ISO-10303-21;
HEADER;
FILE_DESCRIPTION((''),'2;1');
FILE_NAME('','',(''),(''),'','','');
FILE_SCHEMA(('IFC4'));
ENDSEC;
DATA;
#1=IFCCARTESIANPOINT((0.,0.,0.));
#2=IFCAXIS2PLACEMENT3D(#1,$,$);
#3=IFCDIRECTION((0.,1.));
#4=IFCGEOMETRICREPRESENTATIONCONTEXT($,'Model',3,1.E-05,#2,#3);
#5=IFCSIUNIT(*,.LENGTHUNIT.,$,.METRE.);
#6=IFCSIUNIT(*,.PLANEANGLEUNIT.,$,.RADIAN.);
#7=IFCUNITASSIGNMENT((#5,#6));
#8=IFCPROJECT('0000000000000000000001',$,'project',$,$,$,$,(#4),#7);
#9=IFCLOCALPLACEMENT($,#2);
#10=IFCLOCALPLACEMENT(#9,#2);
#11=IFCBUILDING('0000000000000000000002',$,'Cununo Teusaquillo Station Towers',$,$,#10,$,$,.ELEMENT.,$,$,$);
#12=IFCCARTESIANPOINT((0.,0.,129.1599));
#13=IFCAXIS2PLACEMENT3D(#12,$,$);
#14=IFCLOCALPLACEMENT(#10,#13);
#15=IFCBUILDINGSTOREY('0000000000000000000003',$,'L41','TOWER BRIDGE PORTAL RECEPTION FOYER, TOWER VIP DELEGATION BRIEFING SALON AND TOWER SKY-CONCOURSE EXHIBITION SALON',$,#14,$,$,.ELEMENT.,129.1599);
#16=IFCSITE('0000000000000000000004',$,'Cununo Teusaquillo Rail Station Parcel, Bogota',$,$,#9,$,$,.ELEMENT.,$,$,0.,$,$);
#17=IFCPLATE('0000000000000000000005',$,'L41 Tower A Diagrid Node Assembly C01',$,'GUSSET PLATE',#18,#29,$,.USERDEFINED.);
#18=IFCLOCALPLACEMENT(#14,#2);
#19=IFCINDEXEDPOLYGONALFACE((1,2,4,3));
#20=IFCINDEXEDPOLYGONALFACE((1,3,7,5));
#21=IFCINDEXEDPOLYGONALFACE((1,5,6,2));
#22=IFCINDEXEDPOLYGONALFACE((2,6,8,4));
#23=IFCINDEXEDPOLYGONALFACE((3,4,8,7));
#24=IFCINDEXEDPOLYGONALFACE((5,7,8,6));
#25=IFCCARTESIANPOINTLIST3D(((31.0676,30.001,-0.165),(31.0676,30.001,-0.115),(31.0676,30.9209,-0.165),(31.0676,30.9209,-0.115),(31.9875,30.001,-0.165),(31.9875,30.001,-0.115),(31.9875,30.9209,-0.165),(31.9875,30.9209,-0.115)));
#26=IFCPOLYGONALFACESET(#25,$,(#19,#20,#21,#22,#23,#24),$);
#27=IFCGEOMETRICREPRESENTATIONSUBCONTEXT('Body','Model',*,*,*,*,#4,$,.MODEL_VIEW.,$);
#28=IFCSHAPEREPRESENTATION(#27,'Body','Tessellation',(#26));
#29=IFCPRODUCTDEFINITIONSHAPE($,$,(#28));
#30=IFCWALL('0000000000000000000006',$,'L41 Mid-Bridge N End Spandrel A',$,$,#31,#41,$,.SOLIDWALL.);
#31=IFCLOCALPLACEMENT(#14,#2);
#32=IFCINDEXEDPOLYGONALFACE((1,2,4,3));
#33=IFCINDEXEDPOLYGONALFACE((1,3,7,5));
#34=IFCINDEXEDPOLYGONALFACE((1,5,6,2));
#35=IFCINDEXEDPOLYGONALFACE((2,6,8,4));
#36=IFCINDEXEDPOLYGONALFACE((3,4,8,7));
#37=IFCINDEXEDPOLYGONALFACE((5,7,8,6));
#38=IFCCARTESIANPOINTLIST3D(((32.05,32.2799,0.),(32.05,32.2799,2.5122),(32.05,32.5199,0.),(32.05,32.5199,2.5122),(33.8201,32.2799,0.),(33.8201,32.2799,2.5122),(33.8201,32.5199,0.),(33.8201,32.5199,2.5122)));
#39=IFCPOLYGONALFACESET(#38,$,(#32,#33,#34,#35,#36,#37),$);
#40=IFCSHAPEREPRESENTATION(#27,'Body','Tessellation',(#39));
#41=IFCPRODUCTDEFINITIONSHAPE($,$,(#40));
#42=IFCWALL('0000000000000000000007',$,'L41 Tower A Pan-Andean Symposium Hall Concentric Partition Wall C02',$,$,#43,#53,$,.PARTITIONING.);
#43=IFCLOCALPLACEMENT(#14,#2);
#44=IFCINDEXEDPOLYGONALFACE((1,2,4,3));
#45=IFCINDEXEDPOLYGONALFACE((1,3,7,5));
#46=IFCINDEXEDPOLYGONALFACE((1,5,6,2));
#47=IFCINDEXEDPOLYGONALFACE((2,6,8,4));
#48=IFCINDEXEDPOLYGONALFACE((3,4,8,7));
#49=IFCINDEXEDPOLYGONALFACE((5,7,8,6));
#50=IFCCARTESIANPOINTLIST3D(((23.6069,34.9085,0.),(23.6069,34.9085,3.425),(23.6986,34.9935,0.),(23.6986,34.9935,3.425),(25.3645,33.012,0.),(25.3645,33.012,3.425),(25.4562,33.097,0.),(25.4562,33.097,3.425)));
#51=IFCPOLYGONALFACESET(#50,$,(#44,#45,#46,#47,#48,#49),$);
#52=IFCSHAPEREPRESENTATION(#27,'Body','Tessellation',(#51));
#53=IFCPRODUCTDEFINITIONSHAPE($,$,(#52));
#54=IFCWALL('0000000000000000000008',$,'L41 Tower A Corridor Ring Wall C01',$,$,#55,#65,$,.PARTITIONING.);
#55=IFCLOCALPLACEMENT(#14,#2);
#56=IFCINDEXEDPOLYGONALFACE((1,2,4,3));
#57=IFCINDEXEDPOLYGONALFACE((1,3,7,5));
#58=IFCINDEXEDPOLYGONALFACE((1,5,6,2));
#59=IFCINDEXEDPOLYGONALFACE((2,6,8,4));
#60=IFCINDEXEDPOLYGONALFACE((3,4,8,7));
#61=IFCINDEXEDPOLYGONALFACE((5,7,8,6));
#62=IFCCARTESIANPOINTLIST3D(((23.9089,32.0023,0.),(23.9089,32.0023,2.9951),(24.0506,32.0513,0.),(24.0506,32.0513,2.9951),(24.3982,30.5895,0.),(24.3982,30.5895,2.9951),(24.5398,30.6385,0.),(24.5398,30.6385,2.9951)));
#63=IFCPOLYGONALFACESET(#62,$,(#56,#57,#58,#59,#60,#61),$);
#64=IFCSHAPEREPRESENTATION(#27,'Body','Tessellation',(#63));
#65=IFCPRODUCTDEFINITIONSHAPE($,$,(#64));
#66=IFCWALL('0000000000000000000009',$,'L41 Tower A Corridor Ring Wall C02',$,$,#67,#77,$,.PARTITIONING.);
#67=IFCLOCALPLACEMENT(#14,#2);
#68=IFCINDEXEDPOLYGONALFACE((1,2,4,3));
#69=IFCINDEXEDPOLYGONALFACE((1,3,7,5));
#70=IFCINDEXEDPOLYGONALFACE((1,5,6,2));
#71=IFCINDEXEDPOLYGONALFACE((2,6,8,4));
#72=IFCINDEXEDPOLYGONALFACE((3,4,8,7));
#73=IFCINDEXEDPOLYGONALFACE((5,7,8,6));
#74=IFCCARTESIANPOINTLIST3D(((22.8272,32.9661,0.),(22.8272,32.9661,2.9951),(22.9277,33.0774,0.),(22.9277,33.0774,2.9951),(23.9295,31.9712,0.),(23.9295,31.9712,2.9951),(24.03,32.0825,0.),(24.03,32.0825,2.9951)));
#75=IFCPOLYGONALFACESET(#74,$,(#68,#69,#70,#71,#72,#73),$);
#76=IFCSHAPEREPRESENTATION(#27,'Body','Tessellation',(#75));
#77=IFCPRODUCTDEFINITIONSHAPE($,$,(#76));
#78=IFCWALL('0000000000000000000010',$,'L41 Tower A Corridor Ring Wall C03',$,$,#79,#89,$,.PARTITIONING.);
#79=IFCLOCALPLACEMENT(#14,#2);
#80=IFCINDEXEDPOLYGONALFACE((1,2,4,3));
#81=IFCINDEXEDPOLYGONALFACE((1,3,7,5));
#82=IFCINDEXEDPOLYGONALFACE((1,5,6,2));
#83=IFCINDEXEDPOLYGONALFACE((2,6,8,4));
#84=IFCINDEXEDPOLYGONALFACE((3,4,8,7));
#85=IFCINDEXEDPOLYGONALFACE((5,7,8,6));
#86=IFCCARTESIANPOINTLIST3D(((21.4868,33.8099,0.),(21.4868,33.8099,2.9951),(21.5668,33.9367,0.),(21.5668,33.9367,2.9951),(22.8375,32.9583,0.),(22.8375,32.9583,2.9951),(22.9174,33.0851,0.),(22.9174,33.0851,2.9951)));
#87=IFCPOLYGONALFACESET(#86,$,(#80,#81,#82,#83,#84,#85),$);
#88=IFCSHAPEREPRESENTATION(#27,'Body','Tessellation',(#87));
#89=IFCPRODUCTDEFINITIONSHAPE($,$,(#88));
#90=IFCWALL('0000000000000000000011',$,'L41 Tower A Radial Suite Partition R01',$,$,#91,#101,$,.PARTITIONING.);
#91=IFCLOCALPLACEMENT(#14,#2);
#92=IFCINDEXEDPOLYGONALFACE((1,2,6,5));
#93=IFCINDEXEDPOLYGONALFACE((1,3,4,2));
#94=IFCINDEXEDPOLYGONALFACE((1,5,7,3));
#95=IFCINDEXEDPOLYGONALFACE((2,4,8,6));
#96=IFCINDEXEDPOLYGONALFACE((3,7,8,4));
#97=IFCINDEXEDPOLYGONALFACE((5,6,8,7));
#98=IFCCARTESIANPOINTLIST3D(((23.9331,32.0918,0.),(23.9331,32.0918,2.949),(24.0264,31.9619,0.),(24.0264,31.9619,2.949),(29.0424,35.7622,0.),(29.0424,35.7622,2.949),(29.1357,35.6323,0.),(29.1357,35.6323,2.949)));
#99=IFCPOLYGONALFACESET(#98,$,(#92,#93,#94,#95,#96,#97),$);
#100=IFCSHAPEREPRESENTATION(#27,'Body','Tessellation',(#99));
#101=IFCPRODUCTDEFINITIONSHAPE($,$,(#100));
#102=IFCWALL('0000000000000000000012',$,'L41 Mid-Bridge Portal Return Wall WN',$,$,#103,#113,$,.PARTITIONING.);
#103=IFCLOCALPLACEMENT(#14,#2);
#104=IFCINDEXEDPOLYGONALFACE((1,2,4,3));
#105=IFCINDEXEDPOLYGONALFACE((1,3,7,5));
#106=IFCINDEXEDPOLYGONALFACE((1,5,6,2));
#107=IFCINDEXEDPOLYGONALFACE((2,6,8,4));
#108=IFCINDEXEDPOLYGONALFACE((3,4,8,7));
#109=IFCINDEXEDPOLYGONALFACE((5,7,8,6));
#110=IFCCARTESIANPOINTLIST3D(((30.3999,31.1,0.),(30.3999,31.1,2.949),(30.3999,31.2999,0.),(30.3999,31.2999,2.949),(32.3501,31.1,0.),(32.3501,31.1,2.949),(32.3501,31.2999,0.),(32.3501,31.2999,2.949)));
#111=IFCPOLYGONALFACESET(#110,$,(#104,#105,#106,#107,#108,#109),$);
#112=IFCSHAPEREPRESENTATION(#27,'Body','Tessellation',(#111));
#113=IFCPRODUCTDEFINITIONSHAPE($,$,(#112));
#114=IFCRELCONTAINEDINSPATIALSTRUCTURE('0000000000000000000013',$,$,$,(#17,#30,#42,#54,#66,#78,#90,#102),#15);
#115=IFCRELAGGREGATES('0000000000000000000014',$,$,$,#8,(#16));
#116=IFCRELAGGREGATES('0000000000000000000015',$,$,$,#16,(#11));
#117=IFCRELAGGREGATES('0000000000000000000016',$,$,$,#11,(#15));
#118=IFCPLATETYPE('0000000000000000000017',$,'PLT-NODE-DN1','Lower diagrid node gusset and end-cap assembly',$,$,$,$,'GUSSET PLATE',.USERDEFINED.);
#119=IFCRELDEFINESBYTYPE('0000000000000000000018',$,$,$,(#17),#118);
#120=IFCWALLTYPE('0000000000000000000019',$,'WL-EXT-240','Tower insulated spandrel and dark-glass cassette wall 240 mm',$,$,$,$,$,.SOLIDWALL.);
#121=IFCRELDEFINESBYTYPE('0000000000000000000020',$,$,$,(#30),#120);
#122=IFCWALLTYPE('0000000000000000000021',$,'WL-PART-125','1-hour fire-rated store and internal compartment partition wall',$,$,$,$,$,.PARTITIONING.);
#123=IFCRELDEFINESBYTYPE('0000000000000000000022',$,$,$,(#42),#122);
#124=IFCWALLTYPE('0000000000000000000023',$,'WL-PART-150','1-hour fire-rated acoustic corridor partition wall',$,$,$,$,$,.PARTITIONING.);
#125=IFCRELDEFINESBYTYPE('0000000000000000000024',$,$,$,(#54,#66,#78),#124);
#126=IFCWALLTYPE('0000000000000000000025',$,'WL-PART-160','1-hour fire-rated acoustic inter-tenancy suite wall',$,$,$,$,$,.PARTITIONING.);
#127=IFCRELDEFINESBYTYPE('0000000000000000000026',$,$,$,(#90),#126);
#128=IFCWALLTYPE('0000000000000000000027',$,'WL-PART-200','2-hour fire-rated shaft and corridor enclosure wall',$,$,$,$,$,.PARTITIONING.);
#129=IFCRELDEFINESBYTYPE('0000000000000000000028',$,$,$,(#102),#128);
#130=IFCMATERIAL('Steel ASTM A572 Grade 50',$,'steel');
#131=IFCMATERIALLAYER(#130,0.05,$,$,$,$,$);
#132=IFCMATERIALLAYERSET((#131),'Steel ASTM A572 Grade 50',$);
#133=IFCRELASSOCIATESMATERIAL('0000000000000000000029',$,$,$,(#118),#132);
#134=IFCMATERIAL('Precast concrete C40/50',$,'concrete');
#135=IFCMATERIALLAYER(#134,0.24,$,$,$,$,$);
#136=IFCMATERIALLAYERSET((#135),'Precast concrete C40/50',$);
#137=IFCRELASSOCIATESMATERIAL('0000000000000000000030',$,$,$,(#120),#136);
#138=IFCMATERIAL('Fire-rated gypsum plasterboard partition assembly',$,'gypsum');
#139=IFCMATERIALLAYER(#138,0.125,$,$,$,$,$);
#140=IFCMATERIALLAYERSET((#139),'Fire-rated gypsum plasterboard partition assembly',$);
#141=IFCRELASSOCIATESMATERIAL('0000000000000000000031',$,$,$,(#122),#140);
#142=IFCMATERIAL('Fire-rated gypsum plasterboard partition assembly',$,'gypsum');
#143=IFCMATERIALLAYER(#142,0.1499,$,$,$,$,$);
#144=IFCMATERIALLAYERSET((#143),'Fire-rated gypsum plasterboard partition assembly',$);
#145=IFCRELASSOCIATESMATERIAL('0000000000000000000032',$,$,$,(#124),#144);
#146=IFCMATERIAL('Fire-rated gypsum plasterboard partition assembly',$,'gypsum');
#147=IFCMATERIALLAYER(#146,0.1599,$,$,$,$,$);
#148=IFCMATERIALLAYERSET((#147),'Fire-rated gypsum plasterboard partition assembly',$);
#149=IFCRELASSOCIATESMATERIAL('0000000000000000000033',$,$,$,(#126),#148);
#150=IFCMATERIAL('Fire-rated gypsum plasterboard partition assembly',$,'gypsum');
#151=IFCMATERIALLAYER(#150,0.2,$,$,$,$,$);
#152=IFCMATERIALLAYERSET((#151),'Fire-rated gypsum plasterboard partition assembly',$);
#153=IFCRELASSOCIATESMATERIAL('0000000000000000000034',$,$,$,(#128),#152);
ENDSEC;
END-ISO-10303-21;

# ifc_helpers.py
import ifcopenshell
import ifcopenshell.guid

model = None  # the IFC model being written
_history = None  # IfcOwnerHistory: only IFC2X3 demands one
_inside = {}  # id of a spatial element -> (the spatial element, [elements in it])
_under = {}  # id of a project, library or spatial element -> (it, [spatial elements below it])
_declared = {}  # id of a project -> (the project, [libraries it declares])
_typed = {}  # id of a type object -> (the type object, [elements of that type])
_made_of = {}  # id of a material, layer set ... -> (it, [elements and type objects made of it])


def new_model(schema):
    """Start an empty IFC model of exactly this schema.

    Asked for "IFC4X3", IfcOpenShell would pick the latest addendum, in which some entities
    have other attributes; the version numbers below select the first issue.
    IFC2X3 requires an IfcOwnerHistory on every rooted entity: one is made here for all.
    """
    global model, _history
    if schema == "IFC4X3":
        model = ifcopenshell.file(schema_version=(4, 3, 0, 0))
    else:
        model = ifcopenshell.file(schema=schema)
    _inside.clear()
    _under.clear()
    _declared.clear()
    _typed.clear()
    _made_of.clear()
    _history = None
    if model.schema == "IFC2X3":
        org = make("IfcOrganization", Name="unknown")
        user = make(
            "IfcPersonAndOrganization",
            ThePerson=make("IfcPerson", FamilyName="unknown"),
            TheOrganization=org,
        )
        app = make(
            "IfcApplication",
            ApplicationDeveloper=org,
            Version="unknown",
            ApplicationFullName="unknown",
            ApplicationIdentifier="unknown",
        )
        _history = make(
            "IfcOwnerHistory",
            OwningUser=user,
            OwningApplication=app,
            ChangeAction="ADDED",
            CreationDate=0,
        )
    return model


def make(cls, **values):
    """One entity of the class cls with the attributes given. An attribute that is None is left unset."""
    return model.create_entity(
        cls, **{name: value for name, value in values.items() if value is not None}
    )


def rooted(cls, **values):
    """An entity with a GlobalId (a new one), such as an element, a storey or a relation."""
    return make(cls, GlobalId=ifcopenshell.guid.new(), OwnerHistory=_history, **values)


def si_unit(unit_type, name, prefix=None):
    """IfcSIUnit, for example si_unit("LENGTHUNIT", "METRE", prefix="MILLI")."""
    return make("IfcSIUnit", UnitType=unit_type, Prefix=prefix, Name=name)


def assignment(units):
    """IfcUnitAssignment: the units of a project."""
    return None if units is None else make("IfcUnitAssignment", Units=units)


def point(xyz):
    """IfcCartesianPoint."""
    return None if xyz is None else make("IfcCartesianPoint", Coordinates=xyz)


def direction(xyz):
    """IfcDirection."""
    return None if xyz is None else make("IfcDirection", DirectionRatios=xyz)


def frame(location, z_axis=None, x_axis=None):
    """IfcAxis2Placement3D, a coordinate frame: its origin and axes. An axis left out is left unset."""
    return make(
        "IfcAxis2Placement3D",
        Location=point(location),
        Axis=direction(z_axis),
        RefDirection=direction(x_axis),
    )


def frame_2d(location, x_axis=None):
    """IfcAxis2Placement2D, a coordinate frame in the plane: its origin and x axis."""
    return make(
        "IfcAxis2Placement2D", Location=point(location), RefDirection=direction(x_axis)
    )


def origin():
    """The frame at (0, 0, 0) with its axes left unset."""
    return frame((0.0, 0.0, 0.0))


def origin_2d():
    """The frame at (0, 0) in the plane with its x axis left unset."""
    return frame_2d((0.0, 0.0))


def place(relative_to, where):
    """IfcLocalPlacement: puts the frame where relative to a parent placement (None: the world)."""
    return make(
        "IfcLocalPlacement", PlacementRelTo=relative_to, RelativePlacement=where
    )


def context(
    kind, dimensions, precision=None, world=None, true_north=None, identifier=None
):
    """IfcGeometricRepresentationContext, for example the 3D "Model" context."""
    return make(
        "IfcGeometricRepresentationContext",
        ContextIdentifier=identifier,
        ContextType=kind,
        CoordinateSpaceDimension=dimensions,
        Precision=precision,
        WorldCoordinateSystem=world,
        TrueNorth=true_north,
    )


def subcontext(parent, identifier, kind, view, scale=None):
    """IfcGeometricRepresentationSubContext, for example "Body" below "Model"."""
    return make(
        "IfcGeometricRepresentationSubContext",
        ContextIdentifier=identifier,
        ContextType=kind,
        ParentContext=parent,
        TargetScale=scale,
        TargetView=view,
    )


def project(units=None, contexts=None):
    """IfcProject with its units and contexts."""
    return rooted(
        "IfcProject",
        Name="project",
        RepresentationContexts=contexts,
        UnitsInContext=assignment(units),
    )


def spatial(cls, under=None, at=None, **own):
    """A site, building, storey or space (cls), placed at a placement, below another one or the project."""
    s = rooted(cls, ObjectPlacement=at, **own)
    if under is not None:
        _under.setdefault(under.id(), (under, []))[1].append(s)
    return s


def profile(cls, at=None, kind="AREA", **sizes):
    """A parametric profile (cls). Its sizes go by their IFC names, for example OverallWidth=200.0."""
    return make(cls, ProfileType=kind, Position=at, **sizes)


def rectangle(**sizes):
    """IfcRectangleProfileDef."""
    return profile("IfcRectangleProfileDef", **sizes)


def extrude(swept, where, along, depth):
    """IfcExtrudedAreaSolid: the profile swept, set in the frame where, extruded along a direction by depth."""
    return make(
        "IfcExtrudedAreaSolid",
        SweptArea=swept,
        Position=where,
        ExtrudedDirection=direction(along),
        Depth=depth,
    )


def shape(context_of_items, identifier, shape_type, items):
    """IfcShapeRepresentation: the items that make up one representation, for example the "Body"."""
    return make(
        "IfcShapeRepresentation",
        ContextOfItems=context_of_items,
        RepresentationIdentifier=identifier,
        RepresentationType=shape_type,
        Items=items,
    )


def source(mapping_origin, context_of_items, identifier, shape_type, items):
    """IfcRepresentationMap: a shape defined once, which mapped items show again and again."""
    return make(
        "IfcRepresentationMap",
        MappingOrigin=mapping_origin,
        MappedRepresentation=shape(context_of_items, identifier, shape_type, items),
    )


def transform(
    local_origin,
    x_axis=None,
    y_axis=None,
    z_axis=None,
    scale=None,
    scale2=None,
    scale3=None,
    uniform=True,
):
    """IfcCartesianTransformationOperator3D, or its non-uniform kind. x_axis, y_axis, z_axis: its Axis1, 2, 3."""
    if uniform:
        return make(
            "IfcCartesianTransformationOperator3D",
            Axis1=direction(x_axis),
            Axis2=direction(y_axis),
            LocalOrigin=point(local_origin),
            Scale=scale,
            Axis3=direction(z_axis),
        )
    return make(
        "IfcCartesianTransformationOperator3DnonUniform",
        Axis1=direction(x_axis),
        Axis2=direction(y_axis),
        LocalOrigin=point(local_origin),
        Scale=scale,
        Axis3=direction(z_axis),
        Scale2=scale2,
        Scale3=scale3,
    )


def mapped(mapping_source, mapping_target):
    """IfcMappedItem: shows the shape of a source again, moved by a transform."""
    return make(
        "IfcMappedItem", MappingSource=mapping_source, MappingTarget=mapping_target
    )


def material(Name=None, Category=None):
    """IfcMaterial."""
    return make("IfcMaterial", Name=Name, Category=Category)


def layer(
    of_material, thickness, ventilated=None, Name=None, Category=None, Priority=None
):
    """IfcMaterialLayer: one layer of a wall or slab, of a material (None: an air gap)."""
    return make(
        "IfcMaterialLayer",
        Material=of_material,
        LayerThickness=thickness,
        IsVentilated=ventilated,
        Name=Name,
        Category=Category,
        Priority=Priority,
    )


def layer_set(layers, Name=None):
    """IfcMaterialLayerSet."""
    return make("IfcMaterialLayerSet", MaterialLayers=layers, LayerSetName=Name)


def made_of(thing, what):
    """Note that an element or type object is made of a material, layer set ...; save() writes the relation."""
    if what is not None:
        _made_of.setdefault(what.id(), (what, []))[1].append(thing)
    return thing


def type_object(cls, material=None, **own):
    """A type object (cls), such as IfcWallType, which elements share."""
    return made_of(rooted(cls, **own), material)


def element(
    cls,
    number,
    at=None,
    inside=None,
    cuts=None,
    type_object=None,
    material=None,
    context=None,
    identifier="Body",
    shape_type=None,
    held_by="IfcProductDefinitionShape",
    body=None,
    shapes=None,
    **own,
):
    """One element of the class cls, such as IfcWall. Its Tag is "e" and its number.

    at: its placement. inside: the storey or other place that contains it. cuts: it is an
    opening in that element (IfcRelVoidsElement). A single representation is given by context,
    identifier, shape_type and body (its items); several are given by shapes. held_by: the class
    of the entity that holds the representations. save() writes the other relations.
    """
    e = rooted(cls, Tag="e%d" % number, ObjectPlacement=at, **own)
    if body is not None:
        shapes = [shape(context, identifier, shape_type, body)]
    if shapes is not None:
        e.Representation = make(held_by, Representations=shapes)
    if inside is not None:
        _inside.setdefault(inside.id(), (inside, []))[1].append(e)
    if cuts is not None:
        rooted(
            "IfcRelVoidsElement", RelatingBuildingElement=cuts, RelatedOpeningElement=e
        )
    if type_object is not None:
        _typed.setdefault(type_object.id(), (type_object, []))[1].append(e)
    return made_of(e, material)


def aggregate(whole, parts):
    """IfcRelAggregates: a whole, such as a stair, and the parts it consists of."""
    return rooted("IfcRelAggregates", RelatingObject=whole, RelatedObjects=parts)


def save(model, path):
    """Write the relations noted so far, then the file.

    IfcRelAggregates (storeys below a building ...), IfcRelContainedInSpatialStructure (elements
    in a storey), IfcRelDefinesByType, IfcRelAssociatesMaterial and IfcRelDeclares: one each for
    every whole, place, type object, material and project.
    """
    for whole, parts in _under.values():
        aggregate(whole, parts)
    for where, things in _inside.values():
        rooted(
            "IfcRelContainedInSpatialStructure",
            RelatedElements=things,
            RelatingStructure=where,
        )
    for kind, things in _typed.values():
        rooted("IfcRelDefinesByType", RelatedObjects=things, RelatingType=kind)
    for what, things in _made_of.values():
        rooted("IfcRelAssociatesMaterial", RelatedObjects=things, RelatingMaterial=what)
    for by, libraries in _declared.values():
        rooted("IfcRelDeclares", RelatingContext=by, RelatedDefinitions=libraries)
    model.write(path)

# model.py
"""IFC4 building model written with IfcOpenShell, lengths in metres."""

from ifc_helpers import new_model, si_unit, direction, frame, frame_2d, origin, origin_2d, place, context, subcontext, project, spatial, rectangle, extrude, source, transform, mapped, material, layer, layer_set, type_object, element, save


model = new_model("IFC4")

# Units and contexts
model_context = context("Model", 3, precision=1e-05, world=origin(), true_north=direction((0.0, 1.0)))
body_context = subcontext(model_context, "Body", "Model", "MODEL_VIEW")
ifc_project = project(units=[si_unit("LENGTHUNIT", "METRE"), si_unit("PLANEANGLEUNIT", "RADIAN")], contexts=[model_context])

# Site, building, storey
site_placement = place(None, origin())
site = spatial("IfcSite", under=ifc_project, at=site_placement, Name="Cununo Teusaquillo Rail Station Parcel, Bogota", CompositionType="ELEMENT", RefElevation=0.0)
building_placement = place(site_placement, origin())
building = spatial("IfcBuilding", under=site, at=building_placement, Name="Cununo Teusaquillo Station Towers", CompositionType="ELEMENT")
storey_placement = place(building_placement, frame((0.0, 0.0, 129.1599)))
storey = spatial("IfcBuildingStorey", under=building, at=storey_placement, Name="L41", Description="TOWER BRIDGE PORTAL RECEPTION FOYER, TOWER VIP DELEGATION BRIEFING SALON AND TOWER SKY-CONCOURSE EXHIBITION SALON", CompositionType="ELEMENT", Elevation=129.1599)

# Plate
ifc_material_1 = material(Name="Steel ASTM A572 Grade 50", Category="steel")
ifc_layer_1 = layer(ifc_material_1, 0.05)
ifc_layer_set_1 = layer_set([ifc_layer_1], Name="Steel ASTM A572 Grade 50")
plate_type = type_object("IfcPlateType", Name="PLT-NODE-DN1", Description="Lower diagrid node gusset and end-cap assembly", ElementType="GUSSET PLATE", PredefinedType="USERDEFINED", material=ifc_layer_set_1)
shared_shape = source(origin(), body_context, "Body", "SweptSolid", [
    extrude(rectangle(XDim=0.9199, YDim=0.9199, at=origin_2d()), origin(), (0.0, 0.0, 1.0), 0.05),
])
plate_placement = place(storey_placement, frame((31.5276, 30.4609, -0.165), z_axis=(0.0, 0.0, 1.0), x_axis=(1.0, 0.0, 0.0)))
element("IfcPlate", 1, at=plate_placement, inside=storey, type_object=plate_type, Name="L41 Tower A Diagrid Node Assembly C01", ObjectType="GUSSET PLATE", PredefinedType="USERDEFINED", context=body_context, shape_type="MappedRepresentation", body=[
    mapped(shared_shape, transform((0.0, 0.0, 0.0), x_axis=(1.0, 0.0, 0.0), y_axis=(0.0, 1.0, 0.0), z_axis=(0.0, 0.0, 1.0), scale=1.0)),
])

# Walls
ifc_material_2 = material(Name="Precast concrete C40/50", Category="concrete")
ifc_layer_2 = layer(ifc_material_2, 0.24)
ifc_layer_set_2 = layer_set([ifc_layer_2], Name="Precast concrete C40/50")
wall_type_1 = type_object("IfcWallType", Name="WL-EXT-240", Description="Tower insulated spandrel and dark-glass cassette wall 240 mm", PredefinedType="SOLIDWALL", material=ifc_layer_set_2)
wall_1_placement = place(storey_placement, frame((32.05, 32.3999, 0.0), z_axis=(0.0, 0.0, 1.0), x_axis=(1.0, 0.0, 0.0)))
element("IfcWall", 2, at=wall_1_placement, inside=storey, type_object=wall_type_1, Name="L41 Mid-Bridge N End Spandrel A", PredefinedType="SOLIDWALL", context=body_context, shape_type="SweptSolid", body=[
    extrude(rectangle(XDim=1.77, YDim=0.24, at=frame_2d((0.885, 0.0))), origin(), (0.0, 0.0, 1.0), 2.5122),
])
ifc_material_3 = material(Name="Fire-rated gypsum plasterboard partition assembly", Category="gypsum")
ifc_layer_3 = layer(ifc_material_3, 0.125)
ifc_layer_set_3 = layer_set([ifc_layer_3], Name="Fire-rated gypsum plasterboard partition assembly")
wall_type_2 = type_object("IfcWallType", Name="WL-PART-125", Description="1-hour fire-rated store and internal compartment partition wall", PredefinedType="PARTITIONING", material=ifc_layer_set_3)
wall_2_placement = place(storey_placement, frame((25.4104, 33.0544, 0.0), z_axis=(0.0, 0.0, 1.0), x_axis=(-0.679734, 0.733459, 0.0)))
element("IfcWall", 3, at=wall_2_placement, inside=storey, type_object=wall_type_2, Name="L41 Tower A Pan-Andean Symposium Hall Concentric Partition Wall C02", PredefinedType="PARTITIONING", context=body_context, shape_type="SweptSolid", body=[
    extrude(rectangle(XDim=2.5857, YDim=0.125, at=frame_2d((1.293, 0.0))), origin(), (0.0, 0.0, 1.0), 3.425),
])
ifc_material_4 = material(Name="Fire-rated gypsum plasterboard partition assembly", Category="gypsum")
ifc_layer_4 = layer(ifc_material_4, 0.1499)
ifc_layer_set_4 = layer_set([ifc_layer_4], Name="Fire-rated gypsum plasterboard partition assembly")
wall_type_3 = type_object("IfcWallType", Name="WL-PART-150", Description="1-hour fire-rated acoustic corridor partition wall", PredefinedType="PARTITIONING", material=ifc_layer_set_4)
wall_3_placement = place(storey_placement, frame((24.469, 30.614, 0.0), z_axis=(0.0, 0.0, 1.0), x_axis=(-0.327228, 0.944945, 0.0)))
element("IfcWall", 4, at=wall_3_placement, inside=storey, type_object=wall_type_3, Name="L41 Tower A Corridor Ring Wall C01", PredefinedType="PARTITIONING", context=body_context, shape_type="SweptSolid", body=[
    extrude(rectangle(XDim=1.4951, YDim=0.1499, at=frame_2d((0.7476, 0.0))), origin(), (0.0, 0.0, 1.0), 2.9951),
])
wall_4_placement = place(storey_placement, frame((23.9797, 32.0269, 0.0), z_axis=(0.0, 0.0, 1.0), x_axis=(-0.742353, 0.670009, 0.0)))
element("IfcWall", 5, at=wall_4_placement, inside=storey, type_object=wall_type_3, Name="L41 Tower A Corridor Ring Wall C02", PredefinedType="PARTITIONING", context=body_context, shape_type="SweptSolid", body=[
    extrude(rectangle(XDim=1.4849, YDim=0.1499, at=frame_2d((0.7424, 0.0))), origin(), (0.0, 0.0, 1.0), 2.9951),
])
wall_5_placement = place(storey_placement, frame((22.8774, 33.0217, 0.0), z_axis=(0.0, 0.0, 1.0), x_axis=(-0.845896, 0.533348, 0.0)))
element("IfcWall", 6, at=wall_5_placement, inside=storey, type_object=wall_type_3, Name="L41 Tower A Corridor Ring Wall C03", PredefinedType="PARTITIONING", context=body_context, shape_type="SweptSolid", body=[
    extrude(rectangle(XDim=1.5967, YDim=0.1499, at=frame_2d((0.7983, 0.0))), origin(), (0.0, 0.0, 1.0), 2.9951),
])
ifc_material_5 = material(Name="Fire-rated gypsum plasterboard partition assembly", Category="gypsum")
ifc_layer_5 = layer(ifc_material_5, 0.1599)
ifc_layer_set_5 = layer_set([ifc_layer_5], Name="Fire-rated gypsum plasterboard partition assembly")
wall_type_4 = type_object("IfcWallType", Name="WL-PART-160", Description="1-hour fire-rated acoustic inter-tenancy suite wall", PredefinedType="PARTITIONING", material=ifc_layer_set_5)
wall_6_placement = place(storey_placement, frame((23.9797, 32.0269, 0.0), z_axis=(0.0, 0.0, 1.0), x_axis=(0.812162, 0.583431, 0.0)))
element("IfcWall", 7, at=wall_6_placement, inside=storey, type_object=wall_type_4, Name="L41 Tower A Radial Suite Partition R01", PredefinedType="PARTITIONING", context=body_context, shape_type="SweptSolid", body=[
    extrude(rectangle(XDim=6.291, YDim=0.1599, at=frame_2d((3.1455, 0.0))), origin(), (0.0, 0.0, 1.0), 2.949),
])
ifc_material_6 = material(Name="Fire-rated gypsum plasterboard partition assembly", Category="gypsum")
ifc_layer_6 = layer(ifc_material_6, 0.2)
ifc_layer_set_6 = layer_set([ifc_layer_6], Name="Fire-rated gypsum plasterboard partition assembly")
wall_type_5 = type_object("IfcWallType", Name="WL-PART-200", Description="2-hour fire-rated shaft and corridor enclosure wall", PredefinedType="PARTITIONING", material=ifc_layer_set_6)
wall_7_placement = place(storey_placement, frame((30.3999, 31.2, 0.0), z_axis=(0.0, 0.0, 1.0), x_axis=(1.0, 0.0, 0.0)))
element("IfcWall", 8, at=wall_7_placement, inside=storey, type_object=wall_type_5, Name="L41 Mid-Bridge Portal Return Wall WN", PredefinedType="PARTITIONING", context=body_context, shape_type="SweptSolid", body=[
    extrude(rectangle(XDim=1.9502, YDim=0.2, at=frame_2d((0.9751, 0.0))), origin(), (0.0, 0.0, 1.0), 2.949),
])

save(model, "model.ifc")
